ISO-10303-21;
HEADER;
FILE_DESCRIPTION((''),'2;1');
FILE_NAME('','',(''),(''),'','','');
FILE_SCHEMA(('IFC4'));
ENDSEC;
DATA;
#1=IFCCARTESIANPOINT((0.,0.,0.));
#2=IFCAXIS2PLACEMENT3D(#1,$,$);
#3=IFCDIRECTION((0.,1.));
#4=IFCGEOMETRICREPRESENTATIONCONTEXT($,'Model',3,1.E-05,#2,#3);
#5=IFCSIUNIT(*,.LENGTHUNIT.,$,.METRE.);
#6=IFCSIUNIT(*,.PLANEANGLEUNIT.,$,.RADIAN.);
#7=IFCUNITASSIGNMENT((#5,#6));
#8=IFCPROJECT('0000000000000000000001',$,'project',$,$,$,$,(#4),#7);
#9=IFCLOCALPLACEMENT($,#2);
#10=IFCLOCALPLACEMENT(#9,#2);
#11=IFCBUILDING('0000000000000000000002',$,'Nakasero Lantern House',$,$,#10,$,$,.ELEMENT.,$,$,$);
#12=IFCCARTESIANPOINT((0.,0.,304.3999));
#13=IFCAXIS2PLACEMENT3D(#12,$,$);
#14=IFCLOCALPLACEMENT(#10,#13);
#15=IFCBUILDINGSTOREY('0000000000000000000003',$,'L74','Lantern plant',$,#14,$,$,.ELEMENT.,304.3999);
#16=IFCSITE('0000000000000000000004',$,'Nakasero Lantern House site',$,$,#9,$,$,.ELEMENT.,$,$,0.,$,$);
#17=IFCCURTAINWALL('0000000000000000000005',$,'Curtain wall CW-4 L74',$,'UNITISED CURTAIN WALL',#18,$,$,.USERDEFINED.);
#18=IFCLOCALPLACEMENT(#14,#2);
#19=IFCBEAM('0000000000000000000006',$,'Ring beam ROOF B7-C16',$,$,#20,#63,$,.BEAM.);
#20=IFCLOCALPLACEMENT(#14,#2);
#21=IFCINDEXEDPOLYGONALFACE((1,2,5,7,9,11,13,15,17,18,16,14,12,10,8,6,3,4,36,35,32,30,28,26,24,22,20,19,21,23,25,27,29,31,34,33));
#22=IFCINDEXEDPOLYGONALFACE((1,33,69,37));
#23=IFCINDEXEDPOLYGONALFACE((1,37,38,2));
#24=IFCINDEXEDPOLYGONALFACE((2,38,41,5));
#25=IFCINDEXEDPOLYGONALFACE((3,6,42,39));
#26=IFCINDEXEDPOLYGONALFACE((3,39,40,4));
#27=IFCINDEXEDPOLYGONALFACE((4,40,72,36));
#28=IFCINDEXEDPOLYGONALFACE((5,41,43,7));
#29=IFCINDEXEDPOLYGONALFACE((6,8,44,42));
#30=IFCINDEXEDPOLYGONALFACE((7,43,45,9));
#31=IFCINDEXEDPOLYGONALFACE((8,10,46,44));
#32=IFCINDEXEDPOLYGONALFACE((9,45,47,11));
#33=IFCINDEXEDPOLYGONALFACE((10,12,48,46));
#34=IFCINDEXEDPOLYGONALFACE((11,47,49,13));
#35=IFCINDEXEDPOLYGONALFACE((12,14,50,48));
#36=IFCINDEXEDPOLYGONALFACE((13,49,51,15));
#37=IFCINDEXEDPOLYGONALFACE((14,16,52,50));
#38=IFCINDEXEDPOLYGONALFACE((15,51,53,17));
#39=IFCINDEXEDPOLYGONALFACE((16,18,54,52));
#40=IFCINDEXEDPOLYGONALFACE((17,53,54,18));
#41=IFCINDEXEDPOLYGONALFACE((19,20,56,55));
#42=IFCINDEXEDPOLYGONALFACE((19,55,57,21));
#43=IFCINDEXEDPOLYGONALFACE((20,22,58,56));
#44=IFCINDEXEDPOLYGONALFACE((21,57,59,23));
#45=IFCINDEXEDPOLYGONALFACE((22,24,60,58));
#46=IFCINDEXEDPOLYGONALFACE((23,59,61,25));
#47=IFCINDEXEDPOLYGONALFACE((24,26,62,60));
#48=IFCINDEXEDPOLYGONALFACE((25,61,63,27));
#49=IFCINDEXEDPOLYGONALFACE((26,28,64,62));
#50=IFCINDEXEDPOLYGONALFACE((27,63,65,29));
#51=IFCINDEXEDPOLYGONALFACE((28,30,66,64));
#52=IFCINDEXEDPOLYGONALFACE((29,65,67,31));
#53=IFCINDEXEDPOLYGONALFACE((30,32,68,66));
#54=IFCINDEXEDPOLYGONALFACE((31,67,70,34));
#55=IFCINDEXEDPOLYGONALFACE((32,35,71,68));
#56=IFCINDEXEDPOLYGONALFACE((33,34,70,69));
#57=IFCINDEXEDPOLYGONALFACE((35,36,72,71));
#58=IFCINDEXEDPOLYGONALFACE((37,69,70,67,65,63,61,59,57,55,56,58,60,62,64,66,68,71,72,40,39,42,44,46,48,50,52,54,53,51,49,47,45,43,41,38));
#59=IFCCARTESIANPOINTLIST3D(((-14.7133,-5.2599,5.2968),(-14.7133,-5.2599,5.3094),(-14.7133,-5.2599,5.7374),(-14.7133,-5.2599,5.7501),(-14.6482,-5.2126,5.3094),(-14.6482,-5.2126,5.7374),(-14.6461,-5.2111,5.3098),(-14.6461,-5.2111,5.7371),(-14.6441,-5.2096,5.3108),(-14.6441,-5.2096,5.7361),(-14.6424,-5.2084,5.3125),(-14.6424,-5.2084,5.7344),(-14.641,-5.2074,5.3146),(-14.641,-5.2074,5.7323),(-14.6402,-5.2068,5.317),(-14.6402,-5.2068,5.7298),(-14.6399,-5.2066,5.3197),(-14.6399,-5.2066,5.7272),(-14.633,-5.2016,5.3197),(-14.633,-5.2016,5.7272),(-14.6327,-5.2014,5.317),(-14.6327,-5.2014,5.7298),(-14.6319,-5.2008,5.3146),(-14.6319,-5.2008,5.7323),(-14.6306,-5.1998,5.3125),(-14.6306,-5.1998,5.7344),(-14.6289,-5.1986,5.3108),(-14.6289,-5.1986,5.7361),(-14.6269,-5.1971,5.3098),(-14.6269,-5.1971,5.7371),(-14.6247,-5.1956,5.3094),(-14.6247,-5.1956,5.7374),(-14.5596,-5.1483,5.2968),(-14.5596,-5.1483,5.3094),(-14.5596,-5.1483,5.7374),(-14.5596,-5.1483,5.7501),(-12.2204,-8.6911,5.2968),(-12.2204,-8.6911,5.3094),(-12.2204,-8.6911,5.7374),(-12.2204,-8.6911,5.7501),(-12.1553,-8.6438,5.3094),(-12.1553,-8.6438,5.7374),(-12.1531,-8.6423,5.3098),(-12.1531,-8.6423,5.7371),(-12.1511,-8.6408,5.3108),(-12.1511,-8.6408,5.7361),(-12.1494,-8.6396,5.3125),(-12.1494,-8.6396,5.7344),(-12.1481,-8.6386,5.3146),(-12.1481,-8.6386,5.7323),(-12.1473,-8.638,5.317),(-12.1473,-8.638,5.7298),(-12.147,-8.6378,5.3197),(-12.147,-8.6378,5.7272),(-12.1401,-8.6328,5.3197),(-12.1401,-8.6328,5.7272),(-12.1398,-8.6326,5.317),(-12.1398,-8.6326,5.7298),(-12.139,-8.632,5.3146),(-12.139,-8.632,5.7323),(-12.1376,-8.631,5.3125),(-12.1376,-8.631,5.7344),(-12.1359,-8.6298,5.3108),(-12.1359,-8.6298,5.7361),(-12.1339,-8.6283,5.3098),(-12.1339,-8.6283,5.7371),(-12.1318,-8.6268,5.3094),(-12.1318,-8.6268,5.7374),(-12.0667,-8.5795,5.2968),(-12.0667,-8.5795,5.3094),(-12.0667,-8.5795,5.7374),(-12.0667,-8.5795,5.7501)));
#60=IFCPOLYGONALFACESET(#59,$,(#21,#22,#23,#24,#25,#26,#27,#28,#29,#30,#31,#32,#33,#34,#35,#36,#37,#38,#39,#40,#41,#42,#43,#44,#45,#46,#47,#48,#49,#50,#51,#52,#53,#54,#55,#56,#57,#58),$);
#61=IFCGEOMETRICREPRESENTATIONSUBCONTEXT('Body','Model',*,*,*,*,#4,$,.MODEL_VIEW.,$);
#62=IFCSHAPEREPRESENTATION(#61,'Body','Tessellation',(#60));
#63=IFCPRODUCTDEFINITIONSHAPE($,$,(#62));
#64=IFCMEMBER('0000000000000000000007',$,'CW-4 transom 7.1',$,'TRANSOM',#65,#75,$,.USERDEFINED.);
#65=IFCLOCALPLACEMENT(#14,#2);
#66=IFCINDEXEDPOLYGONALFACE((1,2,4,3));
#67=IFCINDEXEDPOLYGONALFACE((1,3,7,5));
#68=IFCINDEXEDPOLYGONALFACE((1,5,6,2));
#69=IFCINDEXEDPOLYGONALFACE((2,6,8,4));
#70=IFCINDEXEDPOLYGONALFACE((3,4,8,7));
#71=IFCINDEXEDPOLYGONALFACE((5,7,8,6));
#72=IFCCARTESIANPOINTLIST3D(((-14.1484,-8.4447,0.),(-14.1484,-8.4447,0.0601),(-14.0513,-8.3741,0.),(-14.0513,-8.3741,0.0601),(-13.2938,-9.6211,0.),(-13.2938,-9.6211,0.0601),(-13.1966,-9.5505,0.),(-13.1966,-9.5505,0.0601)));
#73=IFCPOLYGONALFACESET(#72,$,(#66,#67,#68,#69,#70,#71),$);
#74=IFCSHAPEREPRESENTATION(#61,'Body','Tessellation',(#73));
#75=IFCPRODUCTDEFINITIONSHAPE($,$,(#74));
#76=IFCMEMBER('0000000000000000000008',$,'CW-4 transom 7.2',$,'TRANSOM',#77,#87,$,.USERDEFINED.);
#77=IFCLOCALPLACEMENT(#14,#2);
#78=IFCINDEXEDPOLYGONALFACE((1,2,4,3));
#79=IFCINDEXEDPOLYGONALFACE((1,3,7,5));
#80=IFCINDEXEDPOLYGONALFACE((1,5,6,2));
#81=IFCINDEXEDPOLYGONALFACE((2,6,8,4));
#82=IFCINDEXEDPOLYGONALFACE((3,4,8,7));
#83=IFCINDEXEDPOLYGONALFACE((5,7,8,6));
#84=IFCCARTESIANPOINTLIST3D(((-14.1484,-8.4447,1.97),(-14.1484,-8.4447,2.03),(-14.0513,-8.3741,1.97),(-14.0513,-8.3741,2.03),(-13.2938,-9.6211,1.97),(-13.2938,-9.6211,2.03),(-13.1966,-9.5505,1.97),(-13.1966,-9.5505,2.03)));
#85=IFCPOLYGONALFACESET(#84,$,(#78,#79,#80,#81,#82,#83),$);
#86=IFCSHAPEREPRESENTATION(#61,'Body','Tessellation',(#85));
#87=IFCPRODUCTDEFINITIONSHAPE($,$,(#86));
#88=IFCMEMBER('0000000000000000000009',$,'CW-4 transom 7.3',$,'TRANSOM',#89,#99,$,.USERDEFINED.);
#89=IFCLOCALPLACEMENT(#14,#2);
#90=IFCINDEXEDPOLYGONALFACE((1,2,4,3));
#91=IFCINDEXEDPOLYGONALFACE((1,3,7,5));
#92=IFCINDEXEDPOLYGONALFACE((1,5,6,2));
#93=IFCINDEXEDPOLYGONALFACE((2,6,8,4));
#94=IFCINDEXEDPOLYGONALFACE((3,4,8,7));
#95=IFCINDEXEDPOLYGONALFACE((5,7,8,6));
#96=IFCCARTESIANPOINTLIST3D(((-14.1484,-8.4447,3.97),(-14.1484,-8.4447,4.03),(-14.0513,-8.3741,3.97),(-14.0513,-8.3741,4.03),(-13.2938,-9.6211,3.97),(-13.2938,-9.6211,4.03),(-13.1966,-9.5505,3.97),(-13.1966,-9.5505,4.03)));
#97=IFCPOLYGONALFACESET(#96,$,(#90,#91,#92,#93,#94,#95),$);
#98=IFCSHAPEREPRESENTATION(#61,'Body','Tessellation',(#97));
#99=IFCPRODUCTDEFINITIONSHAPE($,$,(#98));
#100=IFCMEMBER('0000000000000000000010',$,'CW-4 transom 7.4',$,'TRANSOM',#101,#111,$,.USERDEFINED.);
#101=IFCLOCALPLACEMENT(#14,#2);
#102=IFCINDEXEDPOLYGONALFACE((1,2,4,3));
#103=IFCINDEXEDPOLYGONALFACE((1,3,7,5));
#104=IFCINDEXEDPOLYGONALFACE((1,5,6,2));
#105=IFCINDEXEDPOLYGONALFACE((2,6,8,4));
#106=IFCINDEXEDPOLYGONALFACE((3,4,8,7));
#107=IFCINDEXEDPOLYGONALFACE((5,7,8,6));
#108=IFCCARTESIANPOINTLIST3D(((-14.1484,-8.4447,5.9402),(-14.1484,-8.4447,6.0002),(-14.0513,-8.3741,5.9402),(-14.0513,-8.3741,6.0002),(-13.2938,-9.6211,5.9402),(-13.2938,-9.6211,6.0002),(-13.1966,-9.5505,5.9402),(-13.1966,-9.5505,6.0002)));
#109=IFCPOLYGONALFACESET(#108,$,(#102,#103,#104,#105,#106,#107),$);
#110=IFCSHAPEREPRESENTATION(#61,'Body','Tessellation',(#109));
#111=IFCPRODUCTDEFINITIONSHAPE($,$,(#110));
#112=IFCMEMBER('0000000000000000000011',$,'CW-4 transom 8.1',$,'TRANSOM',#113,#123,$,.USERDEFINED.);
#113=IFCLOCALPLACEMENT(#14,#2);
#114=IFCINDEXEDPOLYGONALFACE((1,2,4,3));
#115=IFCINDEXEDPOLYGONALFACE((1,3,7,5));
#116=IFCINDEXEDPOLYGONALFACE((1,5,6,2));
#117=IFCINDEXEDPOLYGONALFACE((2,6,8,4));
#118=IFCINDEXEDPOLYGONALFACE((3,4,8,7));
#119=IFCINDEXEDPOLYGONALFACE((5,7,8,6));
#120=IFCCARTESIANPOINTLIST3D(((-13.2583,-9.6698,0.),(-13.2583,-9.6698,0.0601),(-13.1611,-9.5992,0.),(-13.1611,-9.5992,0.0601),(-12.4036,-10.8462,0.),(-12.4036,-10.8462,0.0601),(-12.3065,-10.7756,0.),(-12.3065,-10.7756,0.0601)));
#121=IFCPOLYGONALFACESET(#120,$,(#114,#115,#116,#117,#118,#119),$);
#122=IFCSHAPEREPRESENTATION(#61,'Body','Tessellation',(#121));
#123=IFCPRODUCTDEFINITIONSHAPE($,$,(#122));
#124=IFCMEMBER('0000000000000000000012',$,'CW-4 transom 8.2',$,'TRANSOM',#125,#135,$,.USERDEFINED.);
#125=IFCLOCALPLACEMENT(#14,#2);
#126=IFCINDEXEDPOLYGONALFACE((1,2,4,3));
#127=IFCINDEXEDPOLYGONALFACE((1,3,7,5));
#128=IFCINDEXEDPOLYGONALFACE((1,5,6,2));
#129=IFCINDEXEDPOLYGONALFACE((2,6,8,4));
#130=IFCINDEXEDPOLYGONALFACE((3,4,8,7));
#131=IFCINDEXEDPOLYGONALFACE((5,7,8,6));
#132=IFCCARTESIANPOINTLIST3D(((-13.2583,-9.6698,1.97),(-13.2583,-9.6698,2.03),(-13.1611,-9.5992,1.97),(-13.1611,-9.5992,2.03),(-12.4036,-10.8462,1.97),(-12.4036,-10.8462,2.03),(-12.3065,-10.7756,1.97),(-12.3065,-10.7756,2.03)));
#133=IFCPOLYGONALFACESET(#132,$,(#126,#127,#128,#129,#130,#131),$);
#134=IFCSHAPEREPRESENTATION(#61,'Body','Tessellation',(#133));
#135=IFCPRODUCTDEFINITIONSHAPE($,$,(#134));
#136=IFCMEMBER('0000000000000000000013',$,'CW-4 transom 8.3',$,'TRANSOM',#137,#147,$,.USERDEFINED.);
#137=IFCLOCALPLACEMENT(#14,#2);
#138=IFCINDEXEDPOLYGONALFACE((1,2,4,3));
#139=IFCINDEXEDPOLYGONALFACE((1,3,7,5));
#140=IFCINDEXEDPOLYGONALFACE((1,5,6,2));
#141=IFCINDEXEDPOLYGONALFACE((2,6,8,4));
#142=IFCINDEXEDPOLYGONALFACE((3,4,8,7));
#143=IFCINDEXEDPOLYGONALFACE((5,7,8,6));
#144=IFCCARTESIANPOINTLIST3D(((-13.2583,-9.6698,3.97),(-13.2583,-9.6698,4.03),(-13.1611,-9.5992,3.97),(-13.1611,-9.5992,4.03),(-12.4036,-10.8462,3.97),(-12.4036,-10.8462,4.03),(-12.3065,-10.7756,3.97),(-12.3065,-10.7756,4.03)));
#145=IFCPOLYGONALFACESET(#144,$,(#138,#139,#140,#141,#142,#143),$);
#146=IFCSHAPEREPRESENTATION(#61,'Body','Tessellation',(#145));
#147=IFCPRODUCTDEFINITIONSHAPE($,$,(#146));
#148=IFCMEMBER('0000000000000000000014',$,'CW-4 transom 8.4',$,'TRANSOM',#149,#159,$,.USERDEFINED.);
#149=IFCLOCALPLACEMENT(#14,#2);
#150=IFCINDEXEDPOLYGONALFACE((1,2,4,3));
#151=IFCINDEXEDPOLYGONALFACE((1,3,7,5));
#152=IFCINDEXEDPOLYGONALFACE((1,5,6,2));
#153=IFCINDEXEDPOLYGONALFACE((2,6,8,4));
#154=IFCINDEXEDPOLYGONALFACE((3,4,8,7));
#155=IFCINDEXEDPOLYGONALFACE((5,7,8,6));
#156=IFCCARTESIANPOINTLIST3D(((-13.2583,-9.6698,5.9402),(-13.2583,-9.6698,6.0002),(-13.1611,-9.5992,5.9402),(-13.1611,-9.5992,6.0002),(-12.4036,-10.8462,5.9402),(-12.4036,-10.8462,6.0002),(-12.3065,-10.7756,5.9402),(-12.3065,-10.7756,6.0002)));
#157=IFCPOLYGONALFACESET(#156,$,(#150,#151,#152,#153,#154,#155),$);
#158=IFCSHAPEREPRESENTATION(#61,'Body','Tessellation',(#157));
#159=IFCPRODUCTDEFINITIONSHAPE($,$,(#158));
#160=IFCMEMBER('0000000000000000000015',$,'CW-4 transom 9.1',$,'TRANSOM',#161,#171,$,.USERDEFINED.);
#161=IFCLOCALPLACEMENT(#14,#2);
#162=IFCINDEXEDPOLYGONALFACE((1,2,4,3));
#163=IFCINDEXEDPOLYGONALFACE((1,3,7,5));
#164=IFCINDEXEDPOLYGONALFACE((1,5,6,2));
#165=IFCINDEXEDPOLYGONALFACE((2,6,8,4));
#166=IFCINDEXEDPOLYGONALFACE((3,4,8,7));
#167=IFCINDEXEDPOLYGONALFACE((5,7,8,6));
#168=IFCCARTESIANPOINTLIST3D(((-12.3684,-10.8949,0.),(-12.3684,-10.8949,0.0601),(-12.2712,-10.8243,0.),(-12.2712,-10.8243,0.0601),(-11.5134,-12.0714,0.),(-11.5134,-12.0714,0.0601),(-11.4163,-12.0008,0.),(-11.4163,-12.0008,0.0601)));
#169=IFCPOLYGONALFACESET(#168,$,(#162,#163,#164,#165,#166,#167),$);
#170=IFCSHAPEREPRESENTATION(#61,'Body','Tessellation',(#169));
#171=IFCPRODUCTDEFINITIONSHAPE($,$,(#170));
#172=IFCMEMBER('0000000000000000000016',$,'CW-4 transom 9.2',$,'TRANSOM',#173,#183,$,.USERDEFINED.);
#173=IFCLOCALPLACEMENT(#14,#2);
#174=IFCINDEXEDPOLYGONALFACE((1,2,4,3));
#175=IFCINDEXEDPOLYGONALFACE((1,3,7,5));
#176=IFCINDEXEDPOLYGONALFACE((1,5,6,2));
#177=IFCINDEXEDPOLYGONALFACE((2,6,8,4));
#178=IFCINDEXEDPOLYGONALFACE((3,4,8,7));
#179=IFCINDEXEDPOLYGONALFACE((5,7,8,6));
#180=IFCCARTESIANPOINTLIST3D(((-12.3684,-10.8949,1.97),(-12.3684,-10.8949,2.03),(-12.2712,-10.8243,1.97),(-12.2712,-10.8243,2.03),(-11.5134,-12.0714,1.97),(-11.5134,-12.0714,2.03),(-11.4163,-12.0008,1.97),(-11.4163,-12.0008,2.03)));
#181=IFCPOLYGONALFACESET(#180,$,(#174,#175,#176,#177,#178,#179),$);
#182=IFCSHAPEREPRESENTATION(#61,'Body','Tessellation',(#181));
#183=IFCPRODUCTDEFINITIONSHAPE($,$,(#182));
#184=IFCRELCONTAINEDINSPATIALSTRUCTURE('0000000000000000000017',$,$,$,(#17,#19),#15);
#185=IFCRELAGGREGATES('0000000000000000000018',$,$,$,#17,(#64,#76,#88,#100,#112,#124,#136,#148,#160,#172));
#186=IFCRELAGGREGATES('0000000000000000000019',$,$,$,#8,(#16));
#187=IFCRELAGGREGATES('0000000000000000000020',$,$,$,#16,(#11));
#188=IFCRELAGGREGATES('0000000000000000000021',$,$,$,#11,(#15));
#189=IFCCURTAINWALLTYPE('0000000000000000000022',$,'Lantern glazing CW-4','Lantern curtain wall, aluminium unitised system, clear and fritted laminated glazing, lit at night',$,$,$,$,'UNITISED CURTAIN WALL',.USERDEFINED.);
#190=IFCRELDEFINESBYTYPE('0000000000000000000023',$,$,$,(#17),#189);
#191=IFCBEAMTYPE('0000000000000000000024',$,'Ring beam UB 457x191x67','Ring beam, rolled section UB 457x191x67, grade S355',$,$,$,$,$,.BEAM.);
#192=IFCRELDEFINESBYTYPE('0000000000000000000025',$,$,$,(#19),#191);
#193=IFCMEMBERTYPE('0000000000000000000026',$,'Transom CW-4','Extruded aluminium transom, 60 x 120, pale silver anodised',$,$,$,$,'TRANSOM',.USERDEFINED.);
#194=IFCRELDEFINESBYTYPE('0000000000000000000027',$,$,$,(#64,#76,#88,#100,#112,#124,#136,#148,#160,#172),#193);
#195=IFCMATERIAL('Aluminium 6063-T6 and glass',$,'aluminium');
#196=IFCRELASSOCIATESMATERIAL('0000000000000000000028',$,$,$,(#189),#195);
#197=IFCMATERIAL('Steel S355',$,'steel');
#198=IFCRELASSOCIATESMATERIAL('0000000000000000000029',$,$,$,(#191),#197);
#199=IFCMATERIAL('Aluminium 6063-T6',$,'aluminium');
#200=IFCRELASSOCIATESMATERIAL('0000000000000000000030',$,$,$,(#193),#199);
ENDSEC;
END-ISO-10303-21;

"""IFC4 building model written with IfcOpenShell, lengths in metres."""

from ifc_helpers import new_model, si_unit, direction, frame, origin, origin_2d, place, context, subcontext, project, spatial, rectangle, i_section, extrude, material, material_profile, profile_set, type_object, element, aggregate, save


model = new_model("IFC4")

# Units and contexts
model_context = context("Model", 3, precision=1e-05, world=origin(), true_north=direction((0.0, 1.0)))
body_context = subcontext(model_context, "Body", "Model", "MODEL_VIEW")
ifc_project = project(units=[si_unit("LENGTHUNIT", "METRE"), si_unit("PLANEANGLEUNIT", "RADIAN")], contexts=[model_context])

# Site, building, storey
site_placement = place(None, origin())
site = spatial("IfcSite", under=ifc_project, at=site_placement, Name="Nakasero Lantern House site", CompositionType="ELEMENT", RefElevation=0.0)
building_placement = place(site_placement, origin())
building = spatial("IfcBuilding", under=site, at=building_placement, Name="Nakasero Lantern House", CompositionType="ELEMENT")
storey_placement = place(building_placement, frame((0.0, 0.0, 304.3999)))
storey = spatial("IfcBuildingStorey", under=building, at=storey_placement, Name="L74", Description="Lantern plant", CompositionType="ELEMENT", Elevation=304.3999)

# Curtain wall
ifc_material_1 = material(Name="Aluminium 6063-T6 and glass", Category="aluminium")
curtain_wall_type = type_object("IfcCurtainWallType", Name="Lantern glazing CW-4", Description="Lantern curtain wall, aluminium unitised system, clear and fritted laminated glazing, lit at night", ElementType="UNITISED CURTAIN WALL", PredefinedType="USERDEFINED", material=ifc_material_1)
curtain_wall_placement = place(storey_placement, origin())
curtain_wall = element("IfcCurtainWall", 1, at=curtain_wall_placement, inside=storey, type_object=curtain_wall_type, Name="Curtain wall CW-4 L74", ObjectType="UNITISED CURTAIN WALL", PredefinedType="USERDEFINED")

# Beam
ifc_material_2 = material(Name="Steel S355", Category="steel")
ifc_material_profile_1 = material_profile(ifc_material_2, i_section(OverallWidth=0.1899, OverallDepth=0.4534, WebThickness=0.0085, FlangeThickness=0.0127, FilletRadius=0.0103, at=origin_2d()), Name="UB 457x191x67")
ifc_profile_set_1 = profile_set([ifc_material_profile_1], Name="Steel S355")
beam_type_1 = type_object("IfcBeamType", Name="Ring beam UB 457x191x67", Description="Ring beam, rolled section UB 457x191x67, grade S355", PredefinedType="BEAM", material=ifc_profile_set_1)
beam_1_placement = place(storey_placement, frame((-14.6365, -5.2041, 5.5234), z_axis=(0.587792, -0.809012, 0.0), x_axis=(0.809012, 0.587792, 0.0)))
element("IfcBeam", 2, at=beam_1_placement, inside=storey, type_object=beam_type_1, Name="Ring beam ROOF B7-C16", PredefinedType="BEAM", context=body_context, shape_type="SweptSolid", body=[
    extrude(i_section(OverallWidth=0.1899, OverallDepth=0.4534, WebThickness=0.0085, FlangeThickness=0.0127, FilletRadius=0.0103, at=origin_2d()), origin(), (0.0, 0.0, 1.0), 4.2412),
])

# Members
ifc_material_3 = material(Name="Aluminium 6063-T6", Category="aluminium")
ifc_material_profile_2 = material_profile(ifc_material_3, rectangle(XDim=0.0601, YDim=0.1201, at=origin_2d()), Name="CW-4 transom 60x120")
ifc_profile_set_2 = profile_set([ifc_material_profile_2], Name="Aluminium 6063-T6")
member_type_1 = type_object("IfcMemberType", Name="Transom CW-4", Description="Extruded aluminium transom, 60 x 120, pale silver anodised", ElementType="TRANSOM", PredefinedType="USERDEFINED", material=ifc_profile_set_2)
member_1_placement = place(storey_placement, frame((-14.0999, -8.4094, 0.03), z_axis=(0.587762, -0.809034, 0.0), x_axis=(0.0, 0.0, 1.0)))
member_1 = element("IfcMember", 3, at=member_1_placement, type_object=member_type_1, Name="CW-4 transom 7.1", ObjectType="TRANSOM", PredefinedType="USERDEFINED", context=body_context, shape_type="SweptSolid", body=[
    extrude(rectangle(XDim=0.0601, YDim=0.1201, at=origin_2d()), origin(), (0.0, 0.0, 1.0), 1.4541),
])
member_2_placement = place(storey_placement, frame((-14.0999, -8.4094, 2.0), z_axis=(0.587762, -0.809034, 0.0), x_axis=(0.0, 0.0, 1.0)))
member_2 = element("IfcMember", 4, at=member_2_placement, type_object=member_type_1, Name="CW-4 transom 7.2", ObjectType="TRANSOM", PredefinedType="USERDEFINED", context=body_context, shape_type="SweptSolid", body=[
    extrude(rectangle(XDim=0.0601, YDim=0.1201, at=origin_2d()), origin(), (0.0, 0.0, 1.0), 1.4541),
])
member_3_placement = place(storey_placement, frame((-14.0999, -8.4094, 4.0), z_axis=(0.587762, -0.809034, 0.0), x_axis=(0.0, 0.0, 1.0)))
member_3 = element("IfcMember", 5, at=member_3_placement, type_object=member_type_1, Name="CW-4 transom 7.3", ObjectType="TRANSOM", PredefinedType="USERDEFINED", context=body_context, shape_type="SweptSolid", body=[
    extrude(rectangle(XDim=0.0601, YDim=0.1201, at=origin_2d()), origin(), (0.0, 0.0, 1.0), 1.4541),
])
member_4_placement = place(storey_placement, frame((-14.0999, -8.4094, 5.9702), z_axis=(0.587762, -0.809034, 0.0), x_axis=(0.0, 0.0, 1.0)))
member_4 = element("IfcMember", 6, at=member_4_placement, type_object=member_type_1, Name="CW-4 transom 7.4", ObjectType="TRANSOM", PredefinedType="USERDEFINED", context=body_context, shape_type="SweptSolid", body=[
    extrude(rectangle(XDim=0.0601, YDim=0.1201, at=origin_2d()), origin(), (0.0, 0.0, 1.0), 1.4541),
])
member_5_placement = place(storey_placement, frame((-13.2097, -9.6345, 0.03), z_axis=(0.587762, -0.809034, 0.0), x_axis=(0.0, 0.0, 1.0)))
member_5 = element("IfcMember", 7, at=member_5_placement, type_object=member_type_1, Name="CW-4 transom 8.1", ObjectType="TRANSOM", PredefinedType="USERDEFINED", context=body_context, shape_type="SweptSolid", body=[
    extrude(rectangle(XDim=0.0601, YDim=0.1201, at=origin_2d()), origin(), (0.0, 0.0, 1.0), 1.4541),
])
member_6_placement = place(storey_placement, frame((-13.2097, -9.6345, 2.0), z_axis=(0.587762, -0.809034, 0.0), x_axis=(0.0, 0.0, 1.0)))
member_6 = element("IfcMember", 8, at=member_6_placement, type_object=member_type_1, Name="CW-4 transom 8.2", ObjectType="TRANSOM", PredefinedType="USERDEFINED", context=body_context, shape_type="SweptSolid", body=[
    extrude(rectangle(XDim=0.0601, YDim=0.1201, at=origin_2d()), origin(), (0.0, 0.0, 1.0), 1.4541),
])
member_7_placement = place(storey_placement, frame((-13.2097, -9.6345, 4.0), z_axis=(0.587762, -0.809034, 0.0), x_axis=(0.0, 0.0, 1.0)))
member_7 = element("IfcMember", 9, at=member_7_placement, type_object=member_type_1, Name="CW-4 transom 8.3", ObjectType="TRANSOM", PredefinedType="USERDEFINED", context=body_context, shape_type="SweptSolid", body=[
    extrude(rectangle(XDim=0.0601, YDim=0.1201, at=origin_2d()), origin(), (0.0, 0.0, 1.0), 1.4541),
])
member_8_placement = place(storey_placement, frame((-13.2097, -9.6345, 5.9702), z_axis=(0.587762, -0.809034, 0.0), x_axis=(0.0, 0.0, 1.0)))
member_8 = element("IfcMember", 10, at=member_8_placement, type_object=member_type_1, Name="CW-4 transom 8.4", ObjectType="TRANSOM", PredefinedType="USERDEFINED", context=body_context, shape_type="SweptSolid", body=[
    extrude(rectangle(XDim=0.0601, YDim=0.1201, at=origin_2d()), origin(), (0.0, 0.0, 1.0), 1.4541),
])
member_9_placement = place(storey_placement, frame((-12.3198, -10.8596, 0.03), z_axis=(0.587872, -0.808954, 0.0), x_axis=(0.0, 0.0, 1.0)))
member_9 = element("IfcMember", 11, at=member_9_placement, type_object=member_type_1, Name="CW-4 transom 9.1", ObjectType="TRANSOM", PredefinedType="USERDEFINED", context=body_context, shape_type="SweptSolid", body=[
    extrude(rectangle(XDim=0.0601, YDim=0.1201, at=origin_2d()), origin(), (0.0, 0.0, 1.0), 1.4543),
])
member_10_placement = place(storey_placement, frame((-12.3198, -10.8596, 2.0), z_axis=(0.587872, -0.808954, 0.0), x_axis=(0.0, 0.0, 1.0)))
member_10 = element("IfcMember", 12, at=member_10_placement, type_object=member_type_1, Name="CW-4 transom 9.2", ObjectType="TRANSOM", PredefinedType="USERDEFINED", context=body_context, shape_type="SweptSolid", body=[
    extrude(rectangle(XDim=0.0601, YDim=0.1201, at=origin_2d()), origin(), (0.0, 0.0, 1.0), 1.4543),
])

aggregate(curtain_wall, [member_1, member_2, member_3, member_4, member_5, member_6, member_7, member_8, member_9, member_10])

save(model, "model.ifc")
